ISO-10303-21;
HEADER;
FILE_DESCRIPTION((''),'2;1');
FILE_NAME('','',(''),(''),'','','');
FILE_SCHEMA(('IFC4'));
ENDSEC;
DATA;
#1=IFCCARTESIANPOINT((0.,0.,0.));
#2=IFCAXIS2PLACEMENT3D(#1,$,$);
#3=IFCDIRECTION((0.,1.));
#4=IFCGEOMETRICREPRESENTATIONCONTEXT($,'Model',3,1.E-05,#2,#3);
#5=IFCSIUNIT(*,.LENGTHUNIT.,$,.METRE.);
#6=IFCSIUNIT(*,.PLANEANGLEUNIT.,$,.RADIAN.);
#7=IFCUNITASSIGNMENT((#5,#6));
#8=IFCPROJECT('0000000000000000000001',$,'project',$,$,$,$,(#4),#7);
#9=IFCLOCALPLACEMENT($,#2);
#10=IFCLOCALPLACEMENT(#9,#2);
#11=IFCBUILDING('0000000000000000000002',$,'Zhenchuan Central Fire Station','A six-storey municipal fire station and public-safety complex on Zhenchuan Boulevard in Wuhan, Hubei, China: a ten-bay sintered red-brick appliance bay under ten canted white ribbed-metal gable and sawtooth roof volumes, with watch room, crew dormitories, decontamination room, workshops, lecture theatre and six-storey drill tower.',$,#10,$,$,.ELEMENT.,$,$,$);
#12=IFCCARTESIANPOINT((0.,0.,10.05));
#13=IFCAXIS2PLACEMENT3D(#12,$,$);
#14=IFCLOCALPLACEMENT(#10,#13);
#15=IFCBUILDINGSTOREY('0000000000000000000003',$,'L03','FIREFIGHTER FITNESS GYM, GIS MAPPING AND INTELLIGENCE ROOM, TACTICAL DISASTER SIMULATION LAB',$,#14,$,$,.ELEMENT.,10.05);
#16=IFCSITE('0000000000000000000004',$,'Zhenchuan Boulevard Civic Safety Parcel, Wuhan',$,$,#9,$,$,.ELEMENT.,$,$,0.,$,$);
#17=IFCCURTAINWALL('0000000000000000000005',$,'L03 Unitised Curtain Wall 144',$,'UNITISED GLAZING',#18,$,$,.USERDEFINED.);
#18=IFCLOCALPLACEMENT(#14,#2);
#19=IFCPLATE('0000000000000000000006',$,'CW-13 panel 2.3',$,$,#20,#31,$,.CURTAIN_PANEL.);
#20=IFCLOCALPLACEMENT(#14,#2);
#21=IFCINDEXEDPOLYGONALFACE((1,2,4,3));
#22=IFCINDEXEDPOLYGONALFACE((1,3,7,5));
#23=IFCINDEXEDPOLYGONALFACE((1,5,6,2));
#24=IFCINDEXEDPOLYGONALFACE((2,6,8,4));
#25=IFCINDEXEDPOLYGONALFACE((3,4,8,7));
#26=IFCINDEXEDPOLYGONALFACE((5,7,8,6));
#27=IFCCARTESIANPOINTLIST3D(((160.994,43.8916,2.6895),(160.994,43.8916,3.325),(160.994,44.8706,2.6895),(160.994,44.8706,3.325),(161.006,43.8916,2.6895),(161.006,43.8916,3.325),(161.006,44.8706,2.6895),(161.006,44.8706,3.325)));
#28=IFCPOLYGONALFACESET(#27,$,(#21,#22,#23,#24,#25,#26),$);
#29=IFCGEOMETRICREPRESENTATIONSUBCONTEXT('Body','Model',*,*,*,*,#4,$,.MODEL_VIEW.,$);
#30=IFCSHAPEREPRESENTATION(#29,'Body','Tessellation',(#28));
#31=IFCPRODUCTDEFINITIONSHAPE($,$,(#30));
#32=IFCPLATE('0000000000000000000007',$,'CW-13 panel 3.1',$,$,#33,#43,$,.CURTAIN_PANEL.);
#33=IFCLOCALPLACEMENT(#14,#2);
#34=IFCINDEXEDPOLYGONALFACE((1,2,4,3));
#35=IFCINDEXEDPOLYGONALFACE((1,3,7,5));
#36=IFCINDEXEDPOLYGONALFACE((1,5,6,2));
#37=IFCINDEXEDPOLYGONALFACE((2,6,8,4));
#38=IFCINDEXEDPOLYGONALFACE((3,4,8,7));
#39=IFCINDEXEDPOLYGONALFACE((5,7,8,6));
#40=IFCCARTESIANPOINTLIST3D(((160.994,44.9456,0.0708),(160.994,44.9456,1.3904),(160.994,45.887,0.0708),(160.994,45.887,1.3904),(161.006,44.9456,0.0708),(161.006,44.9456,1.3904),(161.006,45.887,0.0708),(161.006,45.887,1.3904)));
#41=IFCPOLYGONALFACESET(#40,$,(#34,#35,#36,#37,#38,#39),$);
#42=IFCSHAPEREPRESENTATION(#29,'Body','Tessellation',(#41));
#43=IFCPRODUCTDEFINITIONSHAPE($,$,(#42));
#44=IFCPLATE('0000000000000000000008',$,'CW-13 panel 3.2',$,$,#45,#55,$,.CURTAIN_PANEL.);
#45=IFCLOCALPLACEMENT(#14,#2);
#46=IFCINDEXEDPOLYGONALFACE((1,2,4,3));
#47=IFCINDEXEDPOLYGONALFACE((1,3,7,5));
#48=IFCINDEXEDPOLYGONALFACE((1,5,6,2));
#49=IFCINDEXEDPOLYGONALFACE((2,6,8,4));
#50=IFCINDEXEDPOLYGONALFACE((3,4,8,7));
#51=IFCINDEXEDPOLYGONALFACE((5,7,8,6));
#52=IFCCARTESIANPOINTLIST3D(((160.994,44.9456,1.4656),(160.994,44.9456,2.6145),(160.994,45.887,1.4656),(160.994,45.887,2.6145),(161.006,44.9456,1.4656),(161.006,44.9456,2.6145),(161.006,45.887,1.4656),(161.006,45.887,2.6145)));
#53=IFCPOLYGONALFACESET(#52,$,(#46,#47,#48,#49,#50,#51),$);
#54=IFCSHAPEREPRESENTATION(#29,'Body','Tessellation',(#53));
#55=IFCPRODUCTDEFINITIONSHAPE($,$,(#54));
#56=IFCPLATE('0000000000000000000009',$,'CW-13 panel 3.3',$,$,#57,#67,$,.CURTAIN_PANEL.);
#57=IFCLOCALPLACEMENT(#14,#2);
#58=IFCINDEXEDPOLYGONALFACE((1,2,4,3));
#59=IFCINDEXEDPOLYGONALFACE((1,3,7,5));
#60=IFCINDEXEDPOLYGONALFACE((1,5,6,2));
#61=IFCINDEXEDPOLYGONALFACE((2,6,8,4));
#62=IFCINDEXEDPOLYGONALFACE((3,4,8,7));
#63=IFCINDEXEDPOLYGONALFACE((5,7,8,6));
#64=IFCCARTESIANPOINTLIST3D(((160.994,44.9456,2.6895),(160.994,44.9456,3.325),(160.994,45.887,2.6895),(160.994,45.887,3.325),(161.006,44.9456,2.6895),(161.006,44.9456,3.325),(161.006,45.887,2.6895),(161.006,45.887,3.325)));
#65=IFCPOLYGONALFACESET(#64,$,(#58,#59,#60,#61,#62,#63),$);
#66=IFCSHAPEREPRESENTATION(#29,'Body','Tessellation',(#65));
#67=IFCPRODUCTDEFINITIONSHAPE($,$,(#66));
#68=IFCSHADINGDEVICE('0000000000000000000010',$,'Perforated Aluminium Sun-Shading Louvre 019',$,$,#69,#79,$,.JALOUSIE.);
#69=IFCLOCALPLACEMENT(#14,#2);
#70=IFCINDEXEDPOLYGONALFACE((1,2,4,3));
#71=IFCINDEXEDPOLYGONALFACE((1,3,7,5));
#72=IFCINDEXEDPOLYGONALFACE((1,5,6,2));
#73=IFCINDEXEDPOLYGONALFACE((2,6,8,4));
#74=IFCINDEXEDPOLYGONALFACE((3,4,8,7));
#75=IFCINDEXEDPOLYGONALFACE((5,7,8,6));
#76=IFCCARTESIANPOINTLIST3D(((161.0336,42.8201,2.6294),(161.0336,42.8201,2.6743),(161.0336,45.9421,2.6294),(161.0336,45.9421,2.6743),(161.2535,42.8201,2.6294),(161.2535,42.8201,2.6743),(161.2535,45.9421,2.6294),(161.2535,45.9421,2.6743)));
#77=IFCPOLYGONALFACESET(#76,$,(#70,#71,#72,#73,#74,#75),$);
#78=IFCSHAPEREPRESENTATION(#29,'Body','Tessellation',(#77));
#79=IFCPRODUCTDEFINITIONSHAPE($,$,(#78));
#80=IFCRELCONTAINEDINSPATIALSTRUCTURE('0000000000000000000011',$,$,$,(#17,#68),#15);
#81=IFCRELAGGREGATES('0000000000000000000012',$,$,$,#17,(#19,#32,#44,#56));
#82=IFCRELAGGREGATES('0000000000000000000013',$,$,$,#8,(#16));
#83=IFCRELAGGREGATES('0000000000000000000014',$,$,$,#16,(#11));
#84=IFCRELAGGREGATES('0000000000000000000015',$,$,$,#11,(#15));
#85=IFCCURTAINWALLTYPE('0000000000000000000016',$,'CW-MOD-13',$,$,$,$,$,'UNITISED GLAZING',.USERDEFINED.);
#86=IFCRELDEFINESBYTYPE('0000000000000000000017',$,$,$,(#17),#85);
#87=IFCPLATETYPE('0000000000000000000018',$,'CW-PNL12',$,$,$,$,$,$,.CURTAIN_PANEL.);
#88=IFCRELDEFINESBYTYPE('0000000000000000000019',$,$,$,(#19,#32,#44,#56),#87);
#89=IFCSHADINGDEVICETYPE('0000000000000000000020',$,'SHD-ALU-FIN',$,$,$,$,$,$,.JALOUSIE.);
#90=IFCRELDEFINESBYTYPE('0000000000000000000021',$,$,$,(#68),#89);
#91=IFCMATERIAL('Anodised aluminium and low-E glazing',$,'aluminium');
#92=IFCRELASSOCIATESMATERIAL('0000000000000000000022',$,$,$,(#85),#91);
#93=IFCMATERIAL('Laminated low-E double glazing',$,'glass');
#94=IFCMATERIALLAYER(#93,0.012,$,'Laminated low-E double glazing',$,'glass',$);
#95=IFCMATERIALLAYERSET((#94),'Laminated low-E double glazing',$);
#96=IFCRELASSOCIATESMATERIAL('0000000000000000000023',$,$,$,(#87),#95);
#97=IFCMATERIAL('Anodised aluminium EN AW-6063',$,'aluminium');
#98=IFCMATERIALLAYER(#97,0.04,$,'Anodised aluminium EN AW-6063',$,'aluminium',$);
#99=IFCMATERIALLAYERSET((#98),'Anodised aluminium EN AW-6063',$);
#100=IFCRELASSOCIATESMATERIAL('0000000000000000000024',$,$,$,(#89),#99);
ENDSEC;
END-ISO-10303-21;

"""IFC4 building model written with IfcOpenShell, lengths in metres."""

from ifc_helpers import new_model, si_unit, direction, frame, origin, origin_2d, place, context, subcontext, project, spatial, rectangle, extrude, material, layer, layer_set, type_object, element, aggregate, save


model = new_model("IFC4")

# Units and contexts
model_context = context("Model", 3, precision=1e-05, world=origin(), true_north=direction((0.0, 1.0)))
body_context = subcontext(model_context, "Body", "Model", "MODEL_VIEW")
ifc_project = project(units=[si_unit("LENGTHUNIT", "METRE"), si_unit("PLANEANGLEUNIT", "RADIAN")], contexts=[model_context])

# Site, building, storey
site_placement = place(None, origin())
site = spatial("IfcSite", under=ifc_project, at=site_placement, Name="Zhenchuan Boulevard Civic Safety Parcel, Wuhan", CompositionType="ELEMENT", RefElevation=0.0)
building_placement = place(site_placement, origin())
building = spatial("IfcBuilding", under=site, at=building_placement, Name="Zhenchuan Central Fire Station", Description="A six-storey municipal fire station and public-safety complex on Zhenchuan Boulevard in Wuhan, Hubei, China: a ten-bay sintered red-brick appliance bay under ten canted white ribbed-metal gable and sawtooth roof volumes, with watch room, crew dormitories, decontamination room, workshops, lecture theatre and six-storey drill tower.", CompositionType="ELEMENT")
storey_placement = place(building_placement, frame((0.0, 0.0, 10.05)))
storey = spatial("IfcBuildingStorey", under=building, at=storey_placement, Name="L03", Description="FIREFIGHTER FITNESS GYM, GIS MAPPING AND INTELLIGENCE ROOM, TACTICAL DISASTER SIMULATION LAB", CompositionType="ELEMENT", Elevation=10.05)

# Curtain wall
ifc_material_1 = material(Name="Anodised aluminium and low-E glazing", Category="aluminium")
curtain_wall_type_1 = type_object("IfcCurtainWallType", Name="CW-MOD-13", ElementType="UNITISED GLAZING", PredefinedType="USERDEFINED", material=ifc_material_1)
curtain_wall_1_placement = place(storey_placement, origin())
curtain_wall_1 = element("IfcCurtainWall", 1, at=curtain_wall_1_placement, inside=storey, type_object=curtain_wall_type_1, Name="L03 Unitised Curtain Wall 144", ObjectType="UNITISED GLAZING", PredefinedType="USERDEFINED")
ifc_material_2 = material(Name="Anodised aluminium EN AW-6063", Category="aluminium")

# Plates
ifc_material_3 = material(Name="Laminated low-E double glazing", Category="glass")
ifc_layer_1 = layer(ifc_material_3, 0.012, Name="Laminated low-E double glazing", Category="glass")
ifc_layer_set_1 = layer_set([ifc_layer_1], Name="Laminated low-E double glazing")
plate_type = type_object("IfcPlateType", Name="CW-PNL12", PredefinedType="CURTAIN_PANEL", material=ifc_layer_set_1)
plate_1_placement = place(storey_placement, frame((161.0, 44.3811, 2.6895), z_axis=(0.0, 0.0, 1.0), x_axis=(0.0, 1.0, 0.0)))
plate_1 = element("IfcPlate", 2, at=plate_1_placement, type_object=plate_type, Name="CW-13 panel 2.3", PredefinedType="CURTAIN_PANEL", context=body_context, shape_type="SweptSolid", body=[
    extrude(rectangle(XDim=0.979, YDim=0.012, at=origin_2d()), origin(), (0.0, 0.0, 1.0), 0.6355),
])
plate_2_placement = place(storey_placement, frame((161.0, 45.4163, 0.0708), z_axis=(0.0, 0.0, 1.0), x_axis=(0.0, 1.0, 0.0)))
plate_2 = element("IfcPlate", 3, at=plate_2_placement, type_object=plate_type, Name="CW-13 panel 3.1", PredefinedType="CURTAIN_PANEL", context=body_context, shape_type="SweptSolid", body=[
    extrude(rectangle(XDim=0.9414, YDim=0.012, at=origin_2d()), origin(), (0.0, 0.0, 1.0), 1.3196),
])
plate_3_placement = place(storey_placement, frame((161.0, 45.4163, 1.4656), z_axis=(0.0, 0.0, 1.0), x_axis=(0.0, 1.0, 0.0)))
plate_3 = element("IfcPlate", 4, at=plate_3_placement, type_object=plate_type, Name="CW-13 panel 3.2", PredefinedType="CURTAIN_PANEL", context=body_context, shape_type="SweptSolid", body=[
    extrude(rectangle(XDim=0.9414, YDim=0.012, at=origin_2d()), origin(), (0.0, 0.0, 1.0), 1.1489),
])
plate_4_placement = place(storey_placement, frame((161.0, 45.4163, 2.6895), z_axis=(0.0, 0.0, 1.0), x_axis=(0.0, 1.0, 0.0)))
plate_4 = element("IfcPlate", 5, at=plate_4_placement, type_object=plate_type, Name="CW-13 panel 3.3", PredefinedType="CURTAIN_PANEL", context=body_context, shape_type="SweptSolid", body=[
    extrude(rectangle(XDim=0.9414, YDim=0.012, at=origin_2d()), origin(), (0.0, 0.0, 1.0), 0.6355),
])
aggregate(curtain_wall_1, [plate_1, plate_2, plate_3, plate_4])

# Shading device
ifc_layer_2 = layer(ifc_material_2, 0.04, Name="Anodised aluminium EN AW-6063", Category="aluminium")
ifc_layer_set_2 = layer_set([ifc_layer_2], Name="Anodised aluminium EN AW-6063")
shading_device_type = type_object("IfcShadingDeviceType", Name="SHD-ALU-FIN", PredefinedType="JALOUSIE", material=ifc_layer_set_2)
shading_device_placement = place(storey_placement, frame((161.1436, 44.3811, 2.6294), z_axis=(0.0, 0.0, 1.0), x_axis=(0.0, 1.0, 0.0)))
element("IfcShadingDevice", 6, at=shading_device_placement, inside=storey, type_object=shading_device_type, Name="Perforated Aluminium Sun-Shading Louvre 019", PredefinedType="JALOUSIE", context=body_context, shape_type="SweptSolid", body=[
    extrude(rectangle(XDim=3.1221, YDim=0.22, at=origin_2d()), origin(), (0.0, 0.0, 1.0), 0.0449),
])

save(model, "model.ifc")
